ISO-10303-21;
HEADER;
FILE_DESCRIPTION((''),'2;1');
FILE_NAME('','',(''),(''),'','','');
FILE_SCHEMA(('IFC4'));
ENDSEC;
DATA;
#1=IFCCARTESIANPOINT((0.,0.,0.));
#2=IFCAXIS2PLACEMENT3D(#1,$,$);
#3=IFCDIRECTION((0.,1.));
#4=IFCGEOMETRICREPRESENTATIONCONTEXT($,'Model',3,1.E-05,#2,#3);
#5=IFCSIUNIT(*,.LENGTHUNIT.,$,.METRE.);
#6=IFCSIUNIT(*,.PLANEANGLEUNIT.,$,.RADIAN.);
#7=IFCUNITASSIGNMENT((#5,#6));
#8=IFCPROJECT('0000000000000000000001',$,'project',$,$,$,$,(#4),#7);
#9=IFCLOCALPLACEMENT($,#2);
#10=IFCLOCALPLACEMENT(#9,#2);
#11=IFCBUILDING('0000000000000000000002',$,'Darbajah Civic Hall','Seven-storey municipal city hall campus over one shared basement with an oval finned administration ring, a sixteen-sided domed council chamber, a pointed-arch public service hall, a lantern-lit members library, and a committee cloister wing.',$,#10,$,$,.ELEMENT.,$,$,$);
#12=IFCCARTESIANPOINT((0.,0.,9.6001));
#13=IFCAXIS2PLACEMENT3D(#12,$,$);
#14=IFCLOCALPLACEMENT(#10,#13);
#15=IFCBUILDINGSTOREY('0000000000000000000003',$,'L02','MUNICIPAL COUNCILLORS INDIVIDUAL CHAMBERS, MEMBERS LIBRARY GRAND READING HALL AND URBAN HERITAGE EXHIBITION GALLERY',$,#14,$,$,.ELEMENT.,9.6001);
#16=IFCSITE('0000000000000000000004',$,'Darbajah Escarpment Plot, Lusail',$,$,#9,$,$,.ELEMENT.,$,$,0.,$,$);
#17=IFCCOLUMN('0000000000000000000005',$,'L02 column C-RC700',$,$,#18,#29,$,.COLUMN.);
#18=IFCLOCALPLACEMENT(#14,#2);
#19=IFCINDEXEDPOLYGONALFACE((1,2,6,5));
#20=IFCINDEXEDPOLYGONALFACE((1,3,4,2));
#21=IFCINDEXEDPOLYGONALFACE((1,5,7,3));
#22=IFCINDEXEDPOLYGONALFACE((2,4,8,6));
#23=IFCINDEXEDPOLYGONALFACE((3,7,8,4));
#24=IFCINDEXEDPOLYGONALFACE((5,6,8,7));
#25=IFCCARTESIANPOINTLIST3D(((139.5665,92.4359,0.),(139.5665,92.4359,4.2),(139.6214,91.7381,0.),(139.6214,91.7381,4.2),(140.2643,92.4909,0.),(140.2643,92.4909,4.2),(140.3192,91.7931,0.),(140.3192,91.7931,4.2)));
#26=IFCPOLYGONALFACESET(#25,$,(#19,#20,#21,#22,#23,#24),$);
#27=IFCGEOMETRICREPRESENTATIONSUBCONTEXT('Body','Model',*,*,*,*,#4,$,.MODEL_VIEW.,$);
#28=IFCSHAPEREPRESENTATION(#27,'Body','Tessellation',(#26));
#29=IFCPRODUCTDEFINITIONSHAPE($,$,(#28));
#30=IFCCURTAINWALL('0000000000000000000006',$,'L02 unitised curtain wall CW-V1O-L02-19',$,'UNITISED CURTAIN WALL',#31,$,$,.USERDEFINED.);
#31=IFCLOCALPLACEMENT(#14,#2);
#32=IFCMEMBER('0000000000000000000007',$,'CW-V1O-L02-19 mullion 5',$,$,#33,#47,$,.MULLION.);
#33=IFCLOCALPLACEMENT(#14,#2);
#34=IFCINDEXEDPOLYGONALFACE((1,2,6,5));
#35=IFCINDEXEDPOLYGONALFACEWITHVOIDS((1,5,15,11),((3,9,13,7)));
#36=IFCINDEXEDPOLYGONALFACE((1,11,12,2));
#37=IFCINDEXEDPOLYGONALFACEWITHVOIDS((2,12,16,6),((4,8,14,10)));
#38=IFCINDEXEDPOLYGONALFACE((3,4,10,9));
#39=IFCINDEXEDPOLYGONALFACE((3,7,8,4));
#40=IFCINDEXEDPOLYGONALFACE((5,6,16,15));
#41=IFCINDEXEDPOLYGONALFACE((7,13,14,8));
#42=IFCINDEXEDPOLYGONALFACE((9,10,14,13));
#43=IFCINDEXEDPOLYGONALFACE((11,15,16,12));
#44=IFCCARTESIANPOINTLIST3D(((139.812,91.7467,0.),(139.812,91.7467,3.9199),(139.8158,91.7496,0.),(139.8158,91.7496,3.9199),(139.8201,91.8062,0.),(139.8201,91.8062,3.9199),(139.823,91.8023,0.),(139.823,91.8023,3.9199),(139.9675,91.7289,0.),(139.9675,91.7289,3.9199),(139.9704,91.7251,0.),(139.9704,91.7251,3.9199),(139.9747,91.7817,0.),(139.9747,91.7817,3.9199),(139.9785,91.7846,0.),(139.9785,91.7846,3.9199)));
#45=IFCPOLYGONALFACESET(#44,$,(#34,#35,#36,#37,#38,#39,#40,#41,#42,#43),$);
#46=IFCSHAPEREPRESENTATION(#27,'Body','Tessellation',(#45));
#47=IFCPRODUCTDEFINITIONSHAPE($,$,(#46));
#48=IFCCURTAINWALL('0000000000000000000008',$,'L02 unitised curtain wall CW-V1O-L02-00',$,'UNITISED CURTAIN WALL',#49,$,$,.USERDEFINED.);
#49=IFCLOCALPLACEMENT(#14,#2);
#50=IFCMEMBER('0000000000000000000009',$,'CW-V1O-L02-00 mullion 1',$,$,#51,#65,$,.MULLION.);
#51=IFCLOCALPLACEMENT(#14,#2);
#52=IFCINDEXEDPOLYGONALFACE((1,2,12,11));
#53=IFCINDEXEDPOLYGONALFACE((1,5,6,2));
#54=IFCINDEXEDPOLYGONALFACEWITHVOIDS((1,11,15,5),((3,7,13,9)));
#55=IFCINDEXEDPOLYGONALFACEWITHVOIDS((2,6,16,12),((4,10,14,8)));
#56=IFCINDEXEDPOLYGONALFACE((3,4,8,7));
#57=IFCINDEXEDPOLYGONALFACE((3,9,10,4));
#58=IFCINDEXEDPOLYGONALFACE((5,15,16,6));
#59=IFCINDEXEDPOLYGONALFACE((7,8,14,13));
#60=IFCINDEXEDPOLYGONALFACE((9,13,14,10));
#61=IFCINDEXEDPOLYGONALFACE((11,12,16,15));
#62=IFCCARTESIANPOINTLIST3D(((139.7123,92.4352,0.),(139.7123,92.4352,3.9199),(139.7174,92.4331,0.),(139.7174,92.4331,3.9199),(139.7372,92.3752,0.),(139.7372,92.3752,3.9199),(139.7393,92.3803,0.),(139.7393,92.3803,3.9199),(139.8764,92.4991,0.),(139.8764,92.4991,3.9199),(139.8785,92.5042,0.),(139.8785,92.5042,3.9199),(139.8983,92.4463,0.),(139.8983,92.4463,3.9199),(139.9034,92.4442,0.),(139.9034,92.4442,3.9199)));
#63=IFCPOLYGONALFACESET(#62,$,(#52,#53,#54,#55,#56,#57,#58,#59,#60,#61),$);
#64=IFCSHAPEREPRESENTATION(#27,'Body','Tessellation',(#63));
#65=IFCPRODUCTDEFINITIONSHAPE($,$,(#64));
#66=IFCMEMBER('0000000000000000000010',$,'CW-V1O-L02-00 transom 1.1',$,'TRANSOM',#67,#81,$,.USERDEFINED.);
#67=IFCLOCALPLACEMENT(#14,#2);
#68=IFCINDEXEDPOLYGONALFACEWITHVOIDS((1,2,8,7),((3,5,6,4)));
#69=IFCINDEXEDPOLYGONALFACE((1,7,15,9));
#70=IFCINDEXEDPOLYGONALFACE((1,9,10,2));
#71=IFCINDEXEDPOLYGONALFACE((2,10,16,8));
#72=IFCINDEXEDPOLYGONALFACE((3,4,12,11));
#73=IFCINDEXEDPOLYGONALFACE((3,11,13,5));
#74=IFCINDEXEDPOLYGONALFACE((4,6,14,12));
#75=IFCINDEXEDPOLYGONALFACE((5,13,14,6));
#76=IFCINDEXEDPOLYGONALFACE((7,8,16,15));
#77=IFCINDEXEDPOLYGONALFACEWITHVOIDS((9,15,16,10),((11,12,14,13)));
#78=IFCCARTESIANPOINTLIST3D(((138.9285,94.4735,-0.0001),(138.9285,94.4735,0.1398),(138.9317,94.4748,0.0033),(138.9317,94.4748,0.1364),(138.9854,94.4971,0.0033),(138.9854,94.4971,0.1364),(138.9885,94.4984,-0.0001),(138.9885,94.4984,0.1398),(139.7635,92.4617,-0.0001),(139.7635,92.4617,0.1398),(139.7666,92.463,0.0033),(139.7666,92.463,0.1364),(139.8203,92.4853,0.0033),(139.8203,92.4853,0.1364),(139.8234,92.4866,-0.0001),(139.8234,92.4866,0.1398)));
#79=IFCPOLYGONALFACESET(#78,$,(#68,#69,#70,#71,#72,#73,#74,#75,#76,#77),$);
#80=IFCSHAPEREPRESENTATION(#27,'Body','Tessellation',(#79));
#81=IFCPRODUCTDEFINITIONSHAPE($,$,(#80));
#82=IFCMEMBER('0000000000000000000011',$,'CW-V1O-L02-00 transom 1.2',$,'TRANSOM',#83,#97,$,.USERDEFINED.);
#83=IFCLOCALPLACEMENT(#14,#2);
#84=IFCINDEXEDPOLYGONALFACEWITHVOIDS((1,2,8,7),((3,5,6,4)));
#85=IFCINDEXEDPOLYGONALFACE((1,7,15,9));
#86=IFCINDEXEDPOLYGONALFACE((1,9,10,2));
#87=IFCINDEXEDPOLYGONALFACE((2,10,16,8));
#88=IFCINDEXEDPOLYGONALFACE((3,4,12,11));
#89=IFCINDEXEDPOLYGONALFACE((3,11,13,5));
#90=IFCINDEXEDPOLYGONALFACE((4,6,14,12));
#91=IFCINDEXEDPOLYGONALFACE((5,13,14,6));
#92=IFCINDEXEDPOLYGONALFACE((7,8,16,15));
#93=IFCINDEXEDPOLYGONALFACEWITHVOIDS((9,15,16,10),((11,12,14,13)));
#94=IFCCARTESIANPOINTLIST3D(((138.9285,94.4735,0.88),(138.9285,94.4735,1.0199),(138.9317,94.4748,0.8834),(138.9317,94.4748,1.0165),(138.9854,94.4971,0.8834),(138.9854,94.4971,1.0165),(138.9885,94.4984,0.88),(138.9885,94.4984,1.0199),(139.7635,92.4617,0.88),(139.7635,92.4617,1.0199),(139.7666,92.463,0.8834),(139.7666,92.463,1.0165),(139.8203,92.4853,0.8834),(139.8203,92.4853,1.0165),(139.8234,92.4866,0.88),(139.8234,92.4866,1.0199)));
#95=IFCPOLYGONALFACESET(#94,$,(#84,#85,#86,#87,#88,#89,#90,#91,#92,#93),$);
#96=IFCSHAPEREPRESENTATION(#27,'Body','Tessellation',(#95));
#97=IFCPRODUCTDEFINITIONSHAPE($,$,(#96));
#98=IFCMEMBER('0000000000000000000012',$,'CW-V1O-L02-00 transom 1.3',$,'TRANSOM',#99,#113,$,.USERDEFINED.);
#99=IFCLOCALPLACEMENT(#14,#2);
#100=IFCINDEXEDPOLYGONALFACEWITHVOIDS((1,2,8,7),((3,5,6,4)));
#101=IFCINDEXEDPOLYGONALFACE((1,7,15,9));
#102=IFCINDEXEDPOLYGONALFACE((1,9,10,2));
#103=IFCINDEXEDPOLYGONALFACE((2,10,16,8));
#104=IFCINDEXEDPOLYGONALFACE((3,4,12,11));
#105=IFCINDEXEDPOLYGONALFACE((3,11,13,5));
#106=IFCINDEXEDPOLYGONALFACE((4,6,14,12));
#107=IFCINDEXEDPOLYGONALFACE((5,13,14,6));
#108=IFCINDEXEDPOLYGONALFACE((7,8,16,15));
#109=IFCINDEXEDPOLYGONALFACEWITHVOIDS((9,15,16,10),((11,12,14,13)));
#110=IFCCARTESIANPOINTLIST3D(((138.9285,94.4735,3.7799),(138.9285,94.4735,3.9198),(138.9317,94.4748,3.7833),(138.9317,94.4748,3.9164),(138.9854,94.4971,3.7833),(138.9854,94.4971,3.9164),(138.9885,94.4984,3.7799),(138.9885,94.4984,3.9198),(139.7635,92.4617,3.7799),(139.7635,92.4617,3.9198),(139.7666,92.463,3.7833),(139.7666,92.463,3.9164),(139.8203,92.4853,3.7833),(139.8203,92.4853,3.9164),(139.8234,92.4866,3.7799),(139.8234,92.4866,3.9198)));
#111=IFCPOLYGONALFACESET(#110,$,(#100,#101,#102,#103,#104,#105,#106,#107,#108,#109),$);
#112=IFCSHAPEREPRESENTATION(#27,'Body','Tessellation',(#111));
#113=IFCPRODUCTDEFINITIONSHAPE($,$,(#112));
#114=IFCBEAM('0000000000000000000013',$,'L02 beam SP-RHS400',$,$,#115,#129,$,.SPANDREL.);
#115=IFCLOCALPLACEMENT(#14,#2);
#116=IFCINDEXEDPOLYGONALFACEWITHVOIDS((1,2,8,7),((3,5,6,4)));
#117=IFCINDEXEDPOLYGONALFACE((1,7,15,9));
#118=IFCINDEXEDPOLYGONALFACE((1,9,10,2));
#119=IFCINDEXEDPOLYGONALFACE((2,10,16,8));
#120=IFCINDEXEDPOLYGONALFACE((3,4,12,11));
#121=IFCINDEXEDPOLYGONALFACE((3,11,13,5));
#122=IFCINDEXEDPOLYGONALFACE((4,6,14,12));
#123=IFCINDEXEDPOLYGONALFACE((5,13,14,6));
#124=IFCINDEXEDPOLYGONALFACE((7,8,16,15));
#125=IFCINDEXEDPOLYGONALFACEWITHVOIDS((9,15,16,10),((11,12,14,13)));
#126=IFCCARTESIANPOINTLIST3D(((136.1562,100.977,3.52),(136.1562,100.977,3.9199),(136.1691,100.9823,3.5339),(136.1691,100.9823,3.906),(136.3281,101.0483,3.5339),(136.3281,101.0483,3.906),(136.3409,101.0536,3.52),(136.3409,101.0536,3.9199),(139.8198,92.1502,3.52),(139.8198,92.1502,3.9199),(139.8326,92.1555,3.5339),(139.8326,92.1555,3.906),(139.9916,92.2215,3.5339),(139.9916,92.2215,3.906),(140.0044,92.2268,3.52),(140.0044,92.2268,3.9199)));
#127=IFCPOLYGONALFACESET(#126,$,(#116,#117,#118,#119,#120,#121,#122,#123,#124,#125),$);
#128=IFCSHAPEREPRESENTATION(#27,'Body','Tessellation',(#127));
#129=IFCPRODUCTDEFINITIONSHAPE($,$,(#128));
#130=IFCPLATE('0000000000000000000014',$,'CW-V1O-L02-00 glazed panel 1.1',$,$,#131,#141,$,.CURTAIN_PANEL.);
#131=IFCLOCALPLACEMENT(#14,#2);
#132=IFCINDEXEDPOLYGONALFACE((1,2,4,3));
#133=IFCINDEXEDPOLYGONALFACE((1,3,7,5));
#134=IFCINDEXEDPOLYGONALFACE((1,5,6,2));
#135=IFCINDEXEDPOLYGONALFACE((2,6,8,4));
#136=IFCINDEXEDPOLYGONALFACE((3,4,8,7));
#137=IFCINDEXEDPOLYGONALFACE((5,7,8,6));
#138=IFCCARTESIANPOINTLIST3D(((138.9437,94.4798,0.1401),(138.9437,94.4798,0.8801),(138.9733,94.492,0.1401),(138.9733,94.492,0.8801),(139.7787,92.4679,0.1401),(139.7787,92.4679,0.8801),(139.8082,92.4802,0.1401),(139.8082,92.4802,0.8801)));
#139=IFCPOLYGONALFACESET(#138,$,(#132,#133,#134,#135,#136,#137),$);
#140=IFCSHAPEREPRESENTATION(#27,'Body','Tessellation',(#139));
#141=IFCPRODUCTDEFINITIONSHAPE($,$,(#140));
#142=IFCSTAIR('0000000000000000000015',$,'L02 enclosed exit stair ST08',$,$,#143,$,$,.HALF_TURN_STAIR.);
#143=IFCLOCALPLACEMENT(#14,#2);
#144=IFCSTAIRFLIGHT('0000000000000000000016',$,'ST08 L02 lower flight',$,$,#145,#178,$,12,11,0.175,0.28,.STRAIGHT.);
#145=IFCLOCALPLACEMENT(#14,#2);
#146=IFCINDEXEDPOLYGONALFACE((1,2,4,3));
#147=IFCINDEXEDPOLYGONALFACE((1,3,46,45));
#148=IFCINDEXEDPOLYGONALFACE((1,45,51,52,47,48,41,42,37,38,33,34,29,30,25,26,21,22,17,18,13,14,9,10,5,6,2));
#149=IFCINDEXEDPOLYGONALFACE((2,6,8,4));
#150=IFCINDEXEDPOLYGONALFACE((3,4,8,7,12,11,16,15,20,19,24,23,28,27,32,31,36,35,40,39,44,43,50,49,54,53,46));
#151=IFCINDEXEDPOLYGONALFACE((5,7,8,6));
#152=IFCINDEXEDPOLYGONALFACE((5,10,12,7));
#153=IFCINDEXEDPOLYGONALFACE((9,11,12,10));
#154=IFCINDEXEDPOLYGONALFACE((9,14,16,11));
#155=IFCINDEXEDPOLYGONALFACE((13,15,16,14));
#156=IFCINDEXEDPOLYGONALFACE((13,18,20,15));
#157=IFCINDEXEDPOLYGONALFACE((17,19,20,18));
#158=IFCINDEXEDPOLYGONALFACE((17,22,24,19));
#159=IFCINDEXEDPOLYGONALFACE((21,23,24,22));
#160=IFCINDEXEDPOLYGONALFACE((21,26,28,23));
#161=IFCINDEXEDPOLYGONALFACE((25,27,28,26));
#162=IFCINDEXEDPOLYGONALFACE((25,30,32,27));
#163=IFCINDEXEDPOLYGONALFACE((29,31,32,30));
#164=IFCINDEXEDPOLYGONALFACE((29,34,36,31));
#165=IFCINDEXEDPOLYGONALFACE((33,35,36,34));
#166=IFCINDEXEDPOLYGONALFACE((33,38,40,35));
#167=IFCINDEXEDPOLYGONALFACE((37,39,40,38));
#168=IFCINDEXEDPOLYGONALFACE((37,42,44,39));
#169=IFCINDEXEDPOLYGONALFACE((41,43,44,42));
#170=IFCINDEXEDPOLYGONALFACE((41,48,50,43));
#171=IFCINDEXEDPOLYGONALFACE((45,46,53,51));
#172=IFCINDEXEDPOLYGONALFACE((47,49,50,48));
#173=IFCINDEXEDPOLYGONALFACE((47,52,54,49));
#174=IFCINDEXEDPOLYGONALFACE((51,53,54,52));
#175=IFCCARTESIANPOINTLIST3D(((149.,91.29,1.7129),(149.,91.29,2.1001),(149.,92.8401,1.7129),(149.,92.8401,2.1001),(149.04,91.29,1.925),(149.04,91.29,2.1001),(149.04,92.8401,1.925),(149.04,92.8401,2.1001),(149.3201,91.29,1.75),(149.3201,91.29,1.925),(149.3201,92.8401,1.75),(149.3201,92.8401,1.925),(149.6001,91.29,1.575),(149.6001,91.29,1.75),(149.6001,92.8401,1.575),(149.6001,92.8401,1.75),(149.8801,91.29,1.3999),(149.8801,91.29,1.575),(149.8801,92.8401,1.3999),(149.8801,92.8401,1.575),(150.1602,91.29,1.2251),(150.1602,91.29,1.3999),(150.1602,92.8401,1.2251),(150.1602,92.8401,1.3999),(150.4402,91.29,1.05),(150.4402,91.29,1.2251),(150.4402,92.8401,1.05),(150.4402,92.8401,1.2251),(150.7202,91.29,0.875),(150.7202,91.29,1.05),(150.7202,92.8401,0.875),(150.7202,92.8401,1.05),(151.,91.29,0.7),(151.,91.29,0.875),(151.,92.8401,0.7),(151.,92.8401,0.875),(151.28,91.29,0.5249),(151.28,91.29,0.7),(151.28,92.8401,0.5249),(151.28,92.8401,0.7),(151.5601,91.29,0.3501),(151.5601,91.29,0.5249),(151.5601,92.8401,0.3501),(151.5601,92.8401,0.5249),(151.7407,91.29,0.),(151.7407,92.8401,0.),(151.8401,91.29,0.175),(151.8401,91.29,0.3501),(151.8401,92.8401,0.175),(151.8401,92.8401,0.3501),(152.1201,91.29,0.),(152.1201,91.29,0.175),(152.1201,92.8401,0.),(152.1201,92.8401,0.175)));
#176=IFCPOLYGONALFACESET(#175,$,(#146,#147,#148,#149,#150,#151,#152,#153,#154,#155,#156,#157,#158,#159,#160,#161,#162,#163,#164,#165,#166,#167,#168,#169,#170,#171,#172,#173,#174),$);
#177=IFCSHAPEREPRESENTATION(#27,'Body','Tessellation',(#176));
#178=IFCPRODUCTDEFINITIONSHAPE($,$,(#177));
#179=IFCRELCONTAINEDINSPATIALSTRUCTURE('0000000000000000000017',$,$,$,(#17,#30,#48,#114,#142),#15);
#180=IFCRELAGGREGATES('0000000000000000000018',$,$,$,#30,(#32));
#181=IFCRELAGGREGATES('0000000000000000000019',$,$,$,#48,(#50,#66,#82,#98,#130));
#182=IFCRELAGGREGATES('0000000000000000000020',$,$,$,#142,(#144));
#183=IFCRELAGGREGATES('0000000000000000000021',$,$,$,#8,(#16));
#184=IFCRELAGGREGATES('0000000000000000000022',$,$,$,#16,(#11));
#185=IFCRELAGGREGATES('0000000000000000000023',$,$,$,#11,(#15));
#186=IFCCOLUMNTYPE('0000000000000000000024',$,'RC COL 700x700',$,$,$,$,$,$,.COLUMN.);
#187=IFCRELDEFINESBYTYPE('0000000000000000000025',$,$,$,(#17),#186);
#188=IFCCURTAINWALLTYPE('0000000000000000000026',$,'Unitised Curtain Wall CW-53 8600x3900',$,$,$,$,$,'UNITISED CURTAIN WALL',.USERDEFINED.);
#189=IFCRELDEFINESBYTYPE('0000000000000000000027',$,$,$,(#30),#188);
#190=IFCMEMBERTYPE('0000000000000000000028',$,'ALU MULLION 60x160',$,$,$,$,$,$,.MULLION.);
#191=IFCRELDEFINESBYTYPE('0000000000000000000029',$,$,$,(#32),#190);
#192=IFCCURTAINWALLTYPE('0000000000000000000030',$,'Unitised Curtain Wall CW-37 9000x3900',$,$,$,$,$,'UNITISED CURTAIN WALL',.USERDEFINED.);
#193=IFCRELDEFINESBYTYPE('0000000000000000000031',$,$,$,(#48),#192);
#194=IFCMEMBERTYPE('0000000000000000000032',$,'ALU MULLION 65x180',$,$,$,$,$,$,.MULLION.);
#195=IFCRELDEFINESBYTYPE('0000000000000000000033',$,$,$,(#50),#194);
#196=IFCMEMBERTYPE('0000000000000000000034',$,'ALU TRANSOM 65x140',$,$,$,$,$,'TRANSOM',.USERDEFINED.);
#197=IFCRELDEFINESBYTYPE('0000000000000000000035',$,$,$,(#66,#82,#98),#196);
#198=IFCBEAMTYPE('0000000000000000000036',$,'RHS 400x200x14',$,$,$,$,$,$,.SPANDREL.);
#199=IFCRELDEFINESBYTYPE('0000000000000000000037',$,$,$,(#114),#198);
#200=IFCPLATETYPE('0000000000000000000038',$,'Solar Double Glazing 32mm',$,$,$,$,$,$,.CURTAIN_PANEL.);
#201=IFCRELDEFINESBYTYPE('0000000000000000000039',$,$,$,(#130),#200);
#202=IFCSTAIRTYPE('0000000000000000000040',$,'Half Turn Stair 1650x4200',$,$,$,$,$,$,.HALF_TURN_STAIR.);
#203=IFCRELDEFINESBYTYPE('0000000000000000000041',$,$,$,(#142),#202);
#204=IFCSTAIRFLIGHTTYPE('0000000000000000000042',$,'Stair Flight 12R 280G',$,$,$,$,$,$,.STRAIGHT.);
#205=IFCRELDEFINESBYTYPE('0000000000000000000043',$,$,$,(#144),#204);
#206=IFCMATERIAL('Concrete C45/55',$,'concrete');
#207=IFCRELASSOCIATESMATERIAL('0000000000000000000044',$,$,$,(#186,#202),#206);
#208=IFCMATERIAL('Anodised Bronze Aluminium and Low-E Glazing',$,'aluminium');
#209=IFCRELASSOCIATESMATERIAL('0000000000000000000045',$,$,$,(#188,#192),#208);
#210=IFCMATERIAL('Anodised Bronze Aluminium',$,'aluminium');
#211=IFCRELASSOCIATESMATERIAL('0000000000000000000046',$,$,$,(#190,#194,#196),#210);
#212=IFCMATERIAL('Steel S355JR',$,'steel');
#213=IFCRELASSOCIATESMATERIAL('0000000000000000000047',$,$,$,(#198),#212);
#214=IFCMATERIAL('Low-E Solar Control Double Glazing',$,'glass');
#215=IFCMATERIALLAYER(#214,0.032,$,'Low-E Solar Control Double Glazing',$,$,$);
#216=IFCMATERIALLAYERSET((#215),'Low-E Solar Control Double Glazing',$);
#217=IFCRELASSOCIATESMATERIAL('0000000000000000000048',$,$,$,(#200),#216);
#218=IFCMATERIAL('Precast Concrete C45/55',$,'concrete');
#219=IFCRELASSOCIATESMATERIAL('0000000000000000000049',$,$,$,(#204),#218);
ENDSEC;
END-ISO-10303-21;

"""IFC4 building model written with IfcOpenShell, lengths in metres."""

from ifc_helpers import new_model, si_unit, direction, frame, origin, origin_2d, place, context, subcontext, project, spatial, polyline, rectangle, hollow_rectangle, outline, extrude, material, layer, layer_set, material_profile, profile_set, type_object, element, aggregate, save


model = new_model("IFC4")

# Units and contexts
model_context = context("Model", 3, precision=1e-05, world=origin(), true_north=direction((0.0, 1.0)))
body_context = subcontext(model_context, "Body", "Model", "MODEL_VIEW")
ifc_project = project(units=[si_unit("LENGTHUNIT", "METRE"), si_unit("PLANEANGLEUNIT", "RADIAN")], contexts=[model_context])

# Site, building, storey
site_placement = place(None, origin())
site = spatial("IfcSite", under=ifc_project, at=site_placement, Name="Darbajah Escarpment Plot, Lusail", CompositionType="ELEMENT", RefElevation=0.0)
building_placement = place(site_placement, origin())
building = spatial("IfcBuilding", under=site, at=building_placement, Name="Darbajah Civic Hall", Description="Seven-storey municipal city hall campus over one shared basement with an oval finned administration ring, a sixteen-sided domed council chamber, a pointed-arch public service hall, a lantern-lit members library, and a committee cloister wing.", CompositionType="ELEMENT")
storey_placement = place(building_placement, frame((0.0, 0.0, 9.6001)))
storey = spatial("IfcBuildingStorey", under=building, at=storey_placement, Name="L02", Description="MUNICIPAL COUNCILLORS INDIVIDUAL CHAMBERS, MEMBERS LIBRARY GRAND READING HALL AND URBAN HERITAGE EXHIBITION GALLERY", CompositionType="ELEMENT", Elevation=9.6001)

# Column
ifc_material_1 = material(Name="Concrete C45/55", Category="concrete")
ifc_material_profile_1 = material_profile(ifc_material_1, rectangle(XDim=0.7, YDim=0.7, at=origin_2d()), Name="RC COL 700x700")
ifc_profile_set_1 = profile_set([ifc_material_profile_1], Name="Concrete C45/55")
column_type = type_object("IfcColumnType", Name="RC COL 700x700", PredefinedType="COLUMN", material=ifc_profile_set_1)
column_placement = place(storey_placement, frame((139.9429, 92.1145, 0.0), z_axis=(0.0, 0.0, 1.0), x_axis=(0.996917, 0.078459, 0.0)))
element("IfcColumn", 1, at=column_placement, inside=storey, type_object=column_type, Name="L02 column C-RC700", PredefinedType="COLUMN", context=body_context, shape_type="SweptSolid", body=[
    extrude(rectangle(XDim=0.7, YDim=0.7, at=origin_2d()), origin(), (0.0, 0.0, 1.0), 4.2),
])

# Curtain wall, member
ifc_material_2 = material(Name="Anodised Bronze Aluminium and Low-E Glazing", Category="aluminium")
curtain_wall_type_1 = type_object("IfcCurtainWallType", Name="Unitised Curtain Wall CW-53 8600x3900", ElementType="UNITISED CURTAIN WALL", PredefinedType="USERDEFINED", material=ifc_material_2)
curtain_wall_1_placement = place(storey_placement, origin())
curtain_wall_1 = element("IfcCurtainWall", 2, at=curtain_wall_1_placement, inside=storey, type_object=curtain_wall_type_1, Name="L02 unitised curtain wall CW-V1O-L02-19", ObjectType="UNITISED CURTAIN WALL", PredefinedType="USERDEFINED")
ifc_material_3 = material(Name="Anodised Bronze Aluminium", Category="aluminium")
ifc_material_profile_2 = material_profile(ifc_material_3, hollow_rectangle(XDim=0.0601, YDim=0.1599, WallThickness=0.0034, at=origin_2d()), Name="ALU MULLION 60x160")
ifc_profile_set_2 = profile_set([ifc_material_profile_2], Name="Anodised Bronze Aluminium")
member_type_1 = type_object("IfcMemberType", Name="ALU MULLION 60x160", PredefinedType="MULLION", material=ifc_profile_set_2)
member_1_placement = place(storey_placement, frame((139.8953, 91.7656, 0.0), z_axis=(0.0, 0.0, 1.0), x_axis=(0.134851, 0.990866, 0.0)))
member_1 = element("IfcMember", 3, at=member_1_placement, type_object=member_type_1, Name="CW-V1O-L02-19 mullion 5", PredefinedType="MULLION", context=body_context, shape_type="SweptSolid", body=[
    extrude(hollow_rectangle(XDim=0.0601, YDim=0.1599, WallThickness=0.0034, at=origin_2d()), origin(), (0.0, 0.0, 1.0), 3.9199),
])
aggregate(curtain_wall_1, [member_1])

# Curtain wall, members
curtain_wall_type_2 = type_object("IfcCurtainWallType", Name="Unitised Curtain Wall CW-37 9000x3900", ElementType="UNITISED CURTAIN WALL", PredefinedType="USERDEFINED", material=ifc_material_2)
curtain_wall_2_placement = place(storey_placement, origin())
curtain_wall_2 = element("IfcCurtainWall", 4, at=curtain_wall_2_placement, inside=storey, type_object=curtain_wall_type_2, Name="L02 unitised curtain wall CW-V1O-L02-00", ObjectType="UNITISED CURTAIN WALL", PredefinedType="USERDEFINED")
ifc_material_profile_3 = material_profile(ifc_material_3, hollow_rectangle(XDim=0.0649, YDim=0.1799, WallThickness=0.0039, at=origin_2d()), Name="ALU MULLION 65x180")
ifc_profile_set_3 = profile_set([ifc_material_profile_3], Name="Anodised Bronze Aluminium")
member_type_2 = type_object("IfcMemberType", Name="ALU MULLION 65x180", PredefinedType="MULLION", material=ifc_profile_set_3)
member_2_placement = place(storey_placement, frame((139.8079, 92.4397, 0.0), z_axis=(0.0, 0.0, 1.0), x_axis=(-0.383328, 0.923612, 0.0)))
member_2 = element("IfcMember", 5, at=member_2_placement, type_object=member_type_2, Name="CW-V1O-L02-00 mullion 1", PredefinedType="MULLION", context=body_context, shape_type="SweptSolid", body=[
    extrude(hollow_rectangle(XDim=0.0649, YDim=0.1799, WallThickness=0.0039, at=origin_2d()), origin(), (0.0, 0.0, 1.0), 3.9199),
])
ifc_material_profile_4 = material_profile(ifc_material_3, hollow_rectangle(XDim=0.0649, YDim=0.1399, WallThickness=0.0034, at=origin_2d()), Name="ALU TRANSOM 65x140")
ifc_profile_set_4 = profile_set([ifc_material_profile_4], Name="Anodised Bronze Aluminium")
member_type_3 = type_object("IfcMemberType", Name="ALU TRANSOM 65x140", ElementType="TRANSOM", PredefinedType="USERDEFINED", material=ifc_profile_set_4)
member_3_placement = place(storey_placement, frame((139.7935, 92.4741, 0.0698), z_axis=(-0.383302, 0.923623, 0.0), x_axis=(-0.923623, -0.383302, 0.0)))
member_3 = element("IfcMember", 6, at=member_3_placement, type_object=member_type_3, Name="CW-V1O-L02-00 transom 1.1", ObjectType="TRANSOM", PredefinedType="USERDEFINED", context=body_context, shape_type="SweptSolid", body=[
    extrude(hollow_rectangle(XDim=0.0649, YDim=0.1399, WallThickness=0.0034, at=origin_2d()), origin(), (0.0, 0.0, 1.0), 2.1782),
])
member_4_placement = place(storey_placement, frame((139.7935, 92.4741, 0.95), z_axis=(-0.383302, 0.923623, 0.0), x_axis=(-0.923623, -0.383302, 0.0)))
member_4 = element("IfcMember", 7, at=member_4_placement, type_object=member_type_3, Name="CW-V1O-L02-00 transom 1.2", ObjectType="TRANSOM", PredefinedType="USERDEFINED", context=body_context, shape_type="SweptSolid", body=[
    extrude(hollow_rectangle(XDim=0.0649, YDim=0.1399, WallThickness=0.0034, at=origin_2d()), origin(), (0.0, 0.0, 1.0), 2.1782),
])
member_5_placement = place(storey_placement, frame((139.7935, 92.4741, 3.8499), z_axis=(-0.383302, 0.923623, 0.0), x_axis=(-0.923623, -0.383302, 0.0)))
member_5 = element("IfcMember", 8, at=member_5_placement, type_object=member_type_3, Name="CW-V1O-L02-00 transom 1.3", ObjectType="TRANSOM", PredefinedType="USERDEFINED", context=body_context, shape_type="SweptSolid", body=[
    extrude(hollow_rectangle(XDim=0.0649, YDim=0.1399, WallThickness=0.0034, at=origin_2d()), origin(), (0.0, 0.0, 1.0), 2.1782),
])

# Beam
ifc_material_4 = material(Name="Steel S355JR", Category="steel")
ifc_material_profile_5 = material_profile(ifc_material_4, hollow_rectangle(XDim=0.2, YDim=0.3999, WallThickness=0.0139, at=origin_2d()), Name="RHS 400x200x14")
ifc_profile_set_5 = profile_set([ifc_material_profile_5], Name="Steel S355JR")
beam_type = type_object("IfcBeamType", Name="RHS 400x200x14", PredefinedType="SPANDREL", material=ifc_profile_set_5)
beam_placement = place(storey_placement, frame((139.9121, 92.1885, 3.72), z_axis=(-0.38334, 0.923607, 0.0), x_axis=(-0.923607, -0.38334, 0.0)))
element("IfcBeam", 9, at=beam_placement, inside=storey, type_object=beam_type, Name="L02 beam SP-RHS400", PredefinedType="SPANDREL", context=body_context, shape_type="SweptSolid", body=[
    extrude(hollow_rectangle(XDim=0.2, YDim=0.3999, WallThickness=0.0139, at=origin_2d()), origin(), (0.0, 0.0, 1.0), 9.5569),
])

# Plate
ifc_material_5 = material(Name="Low-E Solar Control Double Glazing", Category="glass")
ifc_layer = layer(ifc_material_5, 0.032, Name="Low-E Solar Control Double Glazing")
ifc_layer_set = layer_set([ifc_layer], Name="Low-E Solar Control Double Glazing")
plate_type = type_object("IfcPlateType", Name="Solar Double Glazing 32mm", PredefinedType="CURTAIN_PANEL", material=ifc_layer_set)
plate_placement = place(storey_placement, frame((139.376, 93.48, 0.1401), z_axis=(0.0, 0.0, 1.0), x_axis=(-0.383328, 0.923612, 0.0)))
plate = element("IfcPlate", 10, at=plate_placement, type_object=plate_type, Name="CW-V1O-L02-00 glazed panel 1.1", PredefinedType="CURTAIN_PANEL", context=body_context, shape_type="SweptSolid", body=[
    extrude(rectangle(XDim=2.1782, YDim=0.032, at=origin_2d()), origin(), (0.0, 0.0, 1.0), 0.74),
])
aggregate(curtain_wall_2, [member_2, member_3, member_4, member_5, plate])

# Stair, stair flight
stair_type = type_object("IfcStairType", Name="Half Turn Stair 1650x4200", PredefinedType="HALF_TURN_STAIR", material=ifc_material_1)
stair_placement = place(storey_placement, origin())
stair = element("IfcStair", 11, at=stair_placement, inside=storey, type_object=stair_type, Name="L02 enclosed exit stair ST08", PredefinedType="HALF_TURN_STAIR")
ifc_material_6 = material(Name="Precast Concrete C45/55", Category="concrete")
stair_flight_type = type_object("IfcStairFlightType", Name="Stair Flight 12R 280G", PredefinedType="STRAIGHT", material=ifc_material_6)
stair_flight_placement = place(storey_placement, frame((152.1201, 92.0649, 0.0), z_axis=(0.0, 0.0, 1.0), x_axis=(-1.0, 0.0, 0.0)))
stair_flight = element("IfcStairFlight", 12, at=stair_flight_placement, type_object=stair_flight_type, Name="ST08 L02 lower flight", NumberOfRisers=12, NumberOfTreads=11, PredefinedType="STRAIGHT", RiserHeight=0.175, TreadLength=0.28, context=body_context, shape_type="SweptSolid", body=[
    extrude(outline(polyline([(0.0, 0.0), (0.0, 0.175), (0.28, 0.175), (0.28, 0.3501), (0.5601, 0.3501), (0.5601, 0.5249), (0.8401, 0.5249), (0.8401, 0.7), (1.1201, 0.7), (1.1201, 0.875), (1.3999, 0.875), (1.3999, 1.05), (1.6799, 1.05), (1.6799, 1.2251), (1.96, 1.2251), (1.96, 1.3999), (2.24, 1.3999), (2.24, 1.575), (2.52, 1.575), (2.52, 1.75), (2.8, 1.75), (2.8, 1.925), (3.0801, 1.925), (3.0801, 2.1001), (3.1201, 2.1001), (3.1201, 1.7129), (0.3794, 0.0), (0.0, 0.0)])), frame((0.0, 0.7749, 0.0), z_axis=(0.0, -1.0, 0.0), x_axis=(1.0, 0.0, 0.0)), (0.0, 0.0, 1.0), 1.55),
])
aggregate(stair, [stair_flight])

save(model, "model.ifc")
